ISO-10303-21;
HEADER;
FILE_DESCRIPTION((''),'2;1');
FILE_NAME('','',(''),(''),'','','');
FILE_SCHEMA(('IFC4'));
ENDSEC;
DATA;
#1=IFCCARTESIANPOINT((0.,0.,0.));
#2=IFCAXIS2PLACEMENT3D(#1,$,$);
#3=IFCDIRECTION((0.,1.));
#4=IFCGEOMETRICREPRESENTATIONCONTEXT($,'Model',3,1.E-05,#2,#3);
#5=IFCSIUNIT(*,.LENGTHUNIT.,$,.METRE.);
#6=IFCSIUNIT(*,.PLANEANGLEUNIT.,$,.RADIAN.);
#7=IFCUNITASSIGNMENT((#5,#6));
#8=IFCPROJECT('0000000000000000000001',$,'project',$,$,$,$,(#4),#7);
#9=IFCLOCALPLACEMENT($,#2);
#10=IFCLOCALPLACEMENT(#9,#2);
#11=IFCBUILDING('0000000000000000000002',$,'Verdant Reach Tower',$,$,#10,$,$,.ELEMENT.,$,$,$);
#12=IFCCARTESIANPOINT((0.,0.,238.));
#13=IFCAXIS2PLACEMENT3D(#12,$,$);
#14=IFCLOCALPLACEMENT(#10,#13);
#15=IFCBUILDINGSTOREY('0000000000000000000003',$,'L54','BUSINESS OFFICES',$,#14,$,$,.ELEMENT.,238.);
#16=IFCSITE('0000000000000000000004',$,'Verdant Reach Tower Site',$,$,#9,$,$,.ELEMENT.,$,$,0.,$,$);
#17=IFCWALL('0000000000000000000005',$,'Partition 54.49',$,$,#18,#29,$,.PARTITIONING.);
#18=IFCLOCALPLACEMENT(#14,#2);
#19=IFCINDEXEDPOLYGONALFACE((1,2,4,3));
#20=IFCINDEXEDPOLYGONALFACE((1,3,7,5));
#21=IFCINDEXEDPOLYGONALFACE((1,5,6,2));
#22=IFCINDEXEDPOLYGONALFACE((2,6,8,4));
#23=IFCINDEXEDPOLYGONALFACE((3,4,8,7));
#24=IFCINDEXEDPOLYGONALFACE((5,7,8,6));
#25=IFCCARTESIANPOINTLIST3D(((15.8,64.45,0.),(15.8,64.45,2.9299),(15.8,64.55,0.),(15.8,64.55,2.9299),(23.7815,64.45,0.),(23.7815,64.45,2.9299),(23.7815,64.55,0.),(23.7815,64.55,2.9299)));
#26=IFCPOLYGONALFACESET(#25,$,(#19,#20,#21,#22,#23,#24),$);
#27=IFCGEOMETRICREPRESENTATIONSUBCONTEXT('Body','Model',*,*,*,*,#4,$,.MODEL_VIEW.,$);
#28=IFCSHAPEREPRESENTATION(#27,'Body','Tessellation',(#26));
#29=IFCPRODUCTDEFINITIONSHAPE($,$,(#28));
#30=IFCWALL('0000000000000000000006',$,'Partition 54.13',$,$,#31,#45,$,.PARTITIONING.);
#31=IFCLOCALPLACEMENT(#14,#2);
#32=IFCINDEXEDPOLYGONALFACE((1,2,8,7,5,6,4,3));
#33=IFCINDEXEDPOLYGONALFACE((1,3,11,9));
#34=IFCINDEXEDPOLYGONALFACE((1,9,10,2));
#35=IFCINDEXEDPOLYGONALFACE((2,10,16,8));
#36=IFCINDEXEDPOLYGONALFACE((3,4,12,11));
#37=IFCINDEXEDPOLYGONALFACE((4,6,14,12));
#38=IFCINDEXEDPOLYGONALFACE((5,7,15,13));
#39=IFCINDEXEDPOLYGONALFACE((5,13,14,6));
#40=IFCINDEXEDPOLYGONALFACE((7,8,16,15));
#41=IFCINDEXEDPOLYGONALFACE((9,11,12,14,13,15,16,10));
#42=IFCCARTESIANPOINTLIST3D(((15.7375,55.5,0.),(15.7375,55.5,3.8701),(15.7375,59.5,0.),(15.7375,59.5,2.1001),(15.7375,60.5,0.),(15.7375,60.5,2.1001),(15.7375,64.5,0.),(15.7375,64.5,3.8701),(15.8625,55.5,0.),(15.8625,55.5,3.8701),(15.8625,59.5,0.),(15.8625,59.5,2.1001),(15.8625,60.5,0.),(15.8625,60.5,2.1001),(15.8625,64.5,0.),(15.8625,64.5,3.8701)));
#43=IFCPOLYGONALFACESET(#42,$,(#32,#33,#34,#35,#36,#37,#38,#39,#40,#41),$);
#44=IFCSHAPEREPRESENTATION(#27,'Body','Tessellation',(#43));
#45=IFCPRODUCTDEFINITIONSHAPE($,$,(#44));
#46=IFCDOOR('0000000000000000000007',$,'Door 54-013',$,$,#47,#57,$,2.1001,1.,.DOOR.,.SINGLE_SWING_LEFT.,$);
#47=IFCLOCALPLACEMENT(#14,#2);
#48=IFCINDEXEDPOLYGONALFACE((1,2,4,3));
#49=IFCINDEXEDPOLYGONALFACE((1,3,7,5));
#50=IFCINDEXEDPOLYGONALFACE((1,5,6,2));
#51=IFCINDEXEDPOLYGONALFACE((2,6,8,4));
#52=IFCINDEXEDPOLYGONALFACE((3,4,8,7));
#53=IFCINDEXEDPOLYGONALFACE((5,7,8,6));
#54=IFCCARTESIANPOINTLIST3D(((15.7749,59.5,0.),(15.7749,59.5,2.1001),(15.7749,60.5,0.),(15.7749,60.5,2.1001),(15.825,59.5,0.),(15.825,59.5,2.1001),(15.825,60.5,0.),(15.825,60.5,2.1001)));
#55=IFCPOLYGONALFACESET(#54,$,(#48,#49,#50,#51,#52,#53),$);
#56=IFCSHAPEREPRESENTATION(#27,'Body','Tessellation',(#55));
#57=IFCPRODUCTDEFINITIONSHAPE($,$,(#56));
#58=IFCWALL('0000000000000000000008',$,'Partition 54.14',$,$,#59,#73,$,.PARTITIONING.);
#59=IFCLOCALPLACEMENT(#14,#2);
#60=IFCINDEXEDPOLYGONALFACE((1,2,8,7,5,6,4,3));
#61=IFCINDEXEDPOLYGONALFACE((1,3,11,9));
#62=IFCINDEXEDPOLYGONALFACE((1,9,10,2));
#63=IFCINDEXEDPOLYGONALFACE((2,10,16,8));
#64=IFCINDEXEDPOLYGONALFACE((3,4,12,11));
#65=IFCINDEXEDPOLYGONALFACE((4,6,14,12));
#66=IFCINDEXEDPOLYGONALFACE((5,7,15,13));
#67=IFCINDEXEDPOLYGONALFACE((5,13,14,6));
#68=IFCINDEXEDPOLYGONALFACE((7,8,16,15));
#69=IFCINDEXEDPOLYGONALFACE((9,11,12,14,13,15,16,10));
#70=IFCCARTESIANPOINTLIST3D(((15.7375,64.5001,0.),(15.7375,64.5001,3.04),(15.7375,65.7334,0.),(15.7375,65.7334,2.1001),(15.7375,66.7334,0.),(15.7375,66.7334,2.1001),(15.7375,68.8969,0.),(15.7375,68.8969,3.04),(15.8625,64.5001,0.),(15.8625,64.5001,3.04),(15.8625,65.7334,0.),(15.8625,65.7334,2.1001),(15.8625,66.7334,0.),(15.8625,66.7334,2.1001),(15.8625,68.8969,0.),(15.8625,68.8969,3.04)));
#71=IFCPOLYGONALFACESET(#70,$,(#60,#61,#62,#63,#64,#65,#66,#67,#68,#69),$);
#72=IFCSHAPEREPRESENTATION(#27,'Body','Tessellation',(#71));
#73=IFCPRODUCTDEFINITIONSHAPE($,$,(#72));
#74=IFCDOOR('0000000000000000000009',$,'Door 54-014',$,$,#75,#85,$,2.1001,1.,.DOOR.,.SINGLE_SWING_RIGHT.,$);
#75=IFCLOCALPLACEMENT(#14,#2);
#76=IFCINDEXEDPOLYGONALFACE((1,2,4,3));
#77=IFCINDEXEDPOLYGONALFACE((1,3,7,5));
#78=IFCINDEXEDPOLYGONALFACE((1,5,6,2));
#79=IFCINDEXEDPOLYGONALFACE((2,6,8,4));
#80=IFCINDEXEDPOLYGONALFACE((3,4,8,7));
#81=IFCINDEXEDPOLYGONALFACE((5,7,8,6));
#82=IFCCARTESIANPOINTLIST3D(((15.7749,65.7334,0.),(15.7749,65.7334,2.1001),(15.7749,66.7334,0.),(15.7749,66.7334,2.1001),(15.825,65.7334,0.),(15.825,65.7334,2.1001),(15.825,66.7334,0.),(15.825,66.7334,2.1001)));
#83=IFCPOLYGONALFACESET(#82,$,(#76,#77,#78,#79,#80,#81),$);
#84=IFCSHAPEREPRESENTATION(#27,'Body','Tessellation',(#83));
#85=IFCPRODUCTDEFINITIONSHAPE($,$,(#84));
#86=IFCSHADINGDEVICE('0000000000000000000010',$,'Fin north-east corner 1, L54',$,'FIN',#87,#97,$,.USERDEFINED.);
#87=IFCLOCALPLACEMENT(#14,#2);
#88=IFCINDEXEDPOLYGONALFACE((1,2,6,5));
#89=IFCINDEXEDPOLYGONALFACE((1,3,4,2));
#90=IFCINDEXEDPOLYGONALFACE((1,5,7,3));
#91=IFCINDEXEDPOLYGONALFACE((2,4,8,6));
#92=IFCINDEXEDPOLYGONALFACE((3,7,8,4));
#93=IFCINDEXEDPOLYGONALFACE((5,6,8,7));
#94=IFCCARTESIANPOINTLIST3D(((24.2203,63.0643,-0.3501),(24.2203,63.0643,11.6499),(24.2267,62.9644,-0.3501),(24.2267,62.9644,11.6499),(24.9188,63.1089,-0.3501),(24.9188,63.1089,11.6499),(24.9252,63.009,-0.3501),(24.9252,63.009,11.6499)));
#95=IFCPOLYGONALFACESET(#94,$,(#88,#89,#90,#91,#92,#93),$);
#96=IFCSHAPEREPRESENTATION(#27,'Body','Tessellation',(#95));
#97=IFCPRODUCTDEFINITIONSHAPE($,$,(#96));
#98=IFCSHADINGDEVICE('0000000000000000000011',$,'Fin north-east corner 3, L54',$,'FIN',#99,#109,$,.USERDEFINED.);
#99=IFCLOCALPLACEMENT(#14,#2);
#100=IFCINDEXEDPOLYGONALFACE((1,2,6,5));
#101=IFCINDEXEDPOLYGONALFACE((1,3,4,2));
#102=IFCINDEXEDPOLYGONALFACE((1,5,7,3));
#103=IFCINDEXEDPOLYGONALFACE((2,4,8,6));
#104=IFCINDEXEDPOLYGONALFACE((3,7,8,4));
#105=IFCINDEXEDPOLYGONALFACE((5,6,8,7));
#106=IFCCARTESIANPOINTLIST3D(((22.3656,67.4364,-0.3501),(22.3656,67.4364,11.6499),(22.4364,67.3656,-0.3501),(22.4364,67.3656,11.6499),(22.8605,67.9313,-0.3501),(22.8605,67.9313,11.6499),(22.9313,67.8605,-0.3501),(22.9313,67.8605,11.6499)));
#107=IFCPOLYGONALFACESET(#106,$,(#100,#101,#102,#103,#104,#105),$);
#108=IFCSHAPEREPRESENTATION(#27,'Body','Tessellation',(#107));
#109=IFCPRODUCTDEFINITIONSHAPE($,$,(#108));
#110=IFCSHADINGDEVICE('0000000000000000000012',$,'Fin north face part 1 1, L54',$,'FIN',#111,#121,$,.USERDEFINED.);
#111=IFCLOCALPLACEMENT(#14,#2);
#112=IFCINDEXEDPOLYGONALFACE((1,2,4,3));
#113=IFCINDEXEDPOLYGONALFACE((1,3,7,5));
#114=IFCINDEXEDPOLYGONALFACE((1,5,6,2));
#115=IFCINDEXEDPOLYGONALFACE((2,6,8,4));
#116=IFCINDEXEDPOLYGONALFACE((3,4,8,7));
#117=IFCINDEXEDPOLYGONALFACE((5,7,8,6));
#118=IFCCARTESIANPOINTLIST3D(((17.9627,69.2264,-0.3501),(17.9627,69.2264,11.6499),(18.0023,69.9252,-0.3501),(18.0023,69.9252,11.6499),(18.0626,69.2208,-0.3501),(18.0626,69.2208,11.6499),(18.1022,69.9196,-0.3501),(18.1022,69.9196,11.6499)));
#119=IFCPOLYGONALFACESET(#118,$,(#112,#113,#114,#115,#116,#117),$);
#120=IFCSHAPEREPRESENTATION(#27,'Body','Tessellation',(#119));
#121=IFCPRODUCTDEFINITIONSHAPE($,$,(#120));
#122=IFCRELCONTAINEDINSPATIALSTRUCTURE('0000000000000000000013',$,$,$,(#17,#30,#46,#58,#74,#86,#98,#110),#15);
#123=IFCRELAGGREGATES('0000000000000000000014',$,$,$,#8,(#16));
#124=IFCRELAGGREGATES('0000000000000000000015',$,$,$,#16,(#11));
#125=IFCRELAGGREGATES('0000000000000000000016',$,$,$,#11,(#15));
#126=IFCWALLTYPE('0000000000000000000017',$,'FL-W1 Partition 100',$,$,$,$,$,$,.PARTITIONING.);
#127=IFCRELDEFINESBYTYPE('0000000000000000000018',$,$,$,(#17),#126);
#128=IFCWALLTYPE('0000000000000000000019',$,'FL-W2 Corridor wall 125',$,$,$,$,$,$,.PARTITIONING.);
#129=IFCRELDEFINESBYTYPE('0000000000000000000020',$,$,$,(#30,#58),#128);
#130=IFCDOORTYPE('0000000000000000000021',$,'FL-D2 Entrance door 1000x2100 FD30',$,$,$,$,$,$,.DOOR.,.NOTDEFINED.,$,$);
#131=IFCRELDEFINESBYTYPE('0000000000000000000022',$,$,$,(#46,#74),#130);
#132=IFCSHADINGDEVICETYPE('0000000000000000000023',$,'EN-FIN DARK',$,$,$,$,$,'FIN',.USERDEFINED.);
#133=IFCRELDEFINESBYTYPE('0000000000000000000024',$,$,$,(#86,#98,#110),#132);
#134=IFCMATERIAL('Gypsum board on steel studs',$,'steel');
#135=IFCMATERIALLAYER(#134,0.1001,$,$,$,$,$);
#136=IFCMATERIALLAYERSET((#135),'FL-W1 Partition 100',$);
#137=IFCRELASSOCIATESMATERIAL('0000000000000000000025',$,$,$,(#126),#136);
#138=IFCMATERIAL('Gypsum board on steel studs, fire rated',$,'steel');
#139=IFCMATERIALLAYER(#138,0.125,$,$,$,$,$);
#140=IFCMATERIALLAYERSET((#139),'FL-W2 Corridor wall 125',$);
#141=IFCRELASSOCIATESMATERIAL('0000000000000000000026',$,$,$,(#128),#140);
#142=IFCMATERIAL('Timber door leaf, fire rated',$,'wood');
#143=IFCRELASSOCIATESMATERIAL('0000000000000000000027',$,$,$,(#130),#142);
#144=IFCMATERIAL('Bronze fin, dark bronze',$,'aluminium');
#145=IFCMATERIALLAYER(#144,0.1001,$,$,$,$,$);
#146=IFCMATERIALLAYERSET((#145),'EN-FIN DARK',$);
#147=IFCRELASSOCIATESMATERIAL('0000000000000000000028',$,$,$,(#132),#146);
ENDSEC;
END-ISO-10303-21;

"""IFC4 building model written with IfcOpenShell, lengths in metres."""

from ifc_helpers import new_model, si_unit, direction, frame, frame_2d, origin, origin_2d, place, context, subcontext, project, spatial, rectangle, extrude, material, layer, layer_set, type_object, element, fill, save


model = new_model("IFC4")

# Units and contexts
model_context = context("Model", 3, precision=1e-05, world=origin(), true_north=direction((0.0, 1.0)))
body_context = subcontext(model_context, "Body", "Model", "MODEL_VIEW")
ifc_project = project(units=[si_unit("LENGTHUNIT", "METRE"), si_unit("PLANEANGLEUNIT", "RADIAN")], contexts=[model_context])

# Site, building, storey
site_placement = place(None, origin())
site = spatial("IfcSite", under=ifc_project, at=site_placement, Name="Verdant Reach Tower Site", CompositionType="ELEMENT", RefElevation=0.0)
building_placement = place(site_placement, origin())
building = spatial("IfcBuilding", under=site, at=building_placement, Name="Verdant Reach Tower", CompositionType="ELEMENT")
storey_placement = place(building_placement, frame((0.0, 0.0, 238.0)))
storey = spatial("IfcBuildingStorey", under=building, at=storey_placement, Name="L54", Description="BUSINESS OFFICES", CompositionType="ELEMENT", Elevation=238.0)

# Wall
ifc_material_1 = material(Name="Gypsum board on steel studs", Category="steel")
ifc_layer_1 = layer(ifc_material_1, 0.1001)
ifc_layer_set_1 = layer_set([ifc_layer_1], Name="FL-W1 Partition 100")
wall_type_1 = type_object("IfcWallType", Name="FL-W1 Partition 100", PredefinedType="PARTITIONING", material=ifc_layer_set_1)
wall_1_placement = place(storey_placement, frame((23.7815, 64.5, 0.0), z_axis=(0.0, 0.0, 1.0), x_axis=(-1.0, 0.0, 0.0)))
element("IfcWall", 1, at=wall_1_placement, inside=storey, type_object=wall_type_1, Name="Partition 54.49", PredefinedType="PARTITIONING", context=body_context, shape_type="SweptSolid", body=[
    extrude(rectangle(XDim=7.9814, YDim=0.1001, at=frame_2d((3.9907, 0.0))), origin(), (0.0, 0.0, 1.0), 2.9299),
])

# Walls, openings, doors
ifc_material_2 = material(Name="Gypsum board on steel studs, fire rated", Category="steel")
ifc_layer_2 = layer(ifc_material_2, 0.125)
ifc_layer_set_2 = layer_set([ifc_layer_2], Name="FL-W2 Corridor wall 125")
wall_type_2 = type_object("IfcWallType", Name="FL-W2 Corridor wall 125", PredefinedType="PARTITIONING", material=ifc_layer_set_2)
wall_2_placement = place(storey_placement, frame((15.8, 64.5, 0.0), z_axis=(0.0, 0.0, 1.0), x_axis=(0.0, -1.0, 0.0)))
wall_2 = element("IfcWall", 2, at=wall_2_placement, inside=storey, type_object=wall_type_2, Name="Partition 54.13", PredefinedType="PARTITIONING", context=body_context, shape_type="SweptSolid", body=[
    extrude(rectangle(XDim=9.0, YDim=0.125, at=frame_2d((4.5, 0.0))), origin(), (0.0, 0.0, 1.0), 3.8701),
])
opening_1_placement = place(wall_2_placement, frame((4.0, 0.0, 0.0)))
opening_1 = element("IfcOpeningElement", 3, at=opening_1_placement, cuts=wall_2, PredefinedType="OPENING", context=body_context, shape_type="SweptSolid", body=[
    extrude(rectangle(XDim=1.0, YDim=2.1001, at=frame_2d((0.5, 1.05))), frame((0.0, 0.0725, 0.0), z_axis=(0.0, -1.0, 0.0), x_axis=(1.0, 0.0, 0.0)), (0.0, 0.0, 1.0), 0.145),
])
ifc_material_3 = material(Name="Timber door leaf, fire rated", Category="wood")
door_type = type_object("IfcDoorType", Name="FL-D2 Entrance door 1000x2100 FD30", OperationType="NOTDEFINED", PredefinedType="DOOR", material=ifc_material_3)
door_1_placement = place(opening_1_placement, origin())
door_1 = element("IfcDoor", 4, at=door_1_placement, inside=storey, type_object=door_type, Name="Door 54-013", OperationType="SINGLE_SWING_LEFT", OverallHeight=2.1001, OverallWidth=1.0, PredefinedType="DOOR", context=body_context, shape_type="SweptSolid", body=[
    extrude(rectangle(XDim=1.0, YDim=2.1001, at=frame_2d((0.5, 1.05))), frame((0.0, 0.0249, 0.0), z_axis=(0.0, -1.0, 0.0), x_axis=(1.0, 0.0, 0.0)), (0.0, 0.0, 1.0), 0.05),
])
fill(opening_1, door_1)
wall_3_placement = place(storey_placement, frame((15.8, 68.8967, 0.0), z_axis=(0.0, 0.0, 1.0), x_axis=(0.0, -1.0, 0.0)))
wall_3 = element("IfcWall", 5, at=wall_3_placement, inside=storey, type_object=wall_type_2, Name="Partition 54.14", PredefinedType="PARTITIONING", context=body_context, shape_type="SweptSolid", body=[
    extrude(rectangle(XDim=4.3967, YDim=0.125, at=frame_2d((2.1982, 0.0))), origin(), (0.0, 0.0, 1.0), 3.04),
])
opening_2_placement = place(wall_3_placement, frame((2.1633, 0.0, 0.0)))
opening_2 = element("IfcOpeningElement", 6, at=opening_2_placement, cuts=wall_3, PredefinedType="OPENING", context=body_context, shape_type="SweptSolid", body=[
    extrude(rectangle(XDim=1.0, YDim=2.1001, at=frame_2d((0.5, 1.05))), frame((0.0, 0.0725, 0.0), z_axis=(0.0, -1.0, 0.0), x_axis=(1.0, 0.0, 0.0)), (0.0, 0.0, 1.0), 0.145),
])
door_2_placement = place(opening_2_placement, origin())
door_2 = element("IfcDoor", 7, at=door_2_placement, inside=storey, type_object=door_type, Name="Door 54-014", OperationType="SINGLE_SWING_RIGHT", OverallHeight=2.1001, OverallWidth=1.0, PredefinedType="DOOR", context=body_context, shape_type="SweptSolid", body=[
    extrude(rectangle(XDim=1.0, YDim=2.1001, at=frame_2d((0.5, 1.05))), frame((0.0, 0.0249, 0.0), z_axis=(0.0, -1.0, 0.0), x_axis=(1.0, 0.0, 0.0)), (0.0, 0.0, 1.0), 0.05),
])
fill(opening_2, door_2)

# Shading devices
ifc_material_4 = material(Name="Bronze fin, dark bronze", Category="aluminium")
ifc_layer_3 = layer(ifc_material_4, 0.1001)
ifc_layer_set_3 = layer_set([ifc_layer_3], Name="EN-FIN DARK")
shading_device_type = type_object("IfcShadingDeviceType", Name="EN-FIN DARK", ElementType="FIN", PredefinedType="USERDEFINED", material=ifc_layer_set_3)
for number, where, z_axis, x_axis, name in (
    (8, (24.5728, 63.0366, -0.3501), (0.0, 0.0, 1.0), (-0.063699, 0.997969, 0.0), "Fin north-east corner 1, L54"),
    (9, (22.6484, 67.6484, -0.3501), (0.0, 0.0, 1.0), (-0.707107, 0.707107, 0.0), "Fin north-east corner 3, L54"),
    (10, (18.0325, 69.573, -0.3501), (0.0, 0.0, 1.0), (-0.998399, 0.056569, 0.0), "Fin north face part 1 1, L54"),
):
    element("IfcShadingDevice", number, at=place(storey_placement, frame(where, z_axis=z_axis, x_axis=x_axis)), inside=storey, type_object=shading_device_type, Name=name, ObjectType="FIN", PredefinedType="USERDEFINED", context=body_context, shape_type="SweptSolid", body=[
        extrude(rectangle(XDim=0.1001, YDim=0.7, at=origin_2d()), origin(), (0.0, 0.0, 1.0), 12.0),
    ])

save(model, "model.ifc")
